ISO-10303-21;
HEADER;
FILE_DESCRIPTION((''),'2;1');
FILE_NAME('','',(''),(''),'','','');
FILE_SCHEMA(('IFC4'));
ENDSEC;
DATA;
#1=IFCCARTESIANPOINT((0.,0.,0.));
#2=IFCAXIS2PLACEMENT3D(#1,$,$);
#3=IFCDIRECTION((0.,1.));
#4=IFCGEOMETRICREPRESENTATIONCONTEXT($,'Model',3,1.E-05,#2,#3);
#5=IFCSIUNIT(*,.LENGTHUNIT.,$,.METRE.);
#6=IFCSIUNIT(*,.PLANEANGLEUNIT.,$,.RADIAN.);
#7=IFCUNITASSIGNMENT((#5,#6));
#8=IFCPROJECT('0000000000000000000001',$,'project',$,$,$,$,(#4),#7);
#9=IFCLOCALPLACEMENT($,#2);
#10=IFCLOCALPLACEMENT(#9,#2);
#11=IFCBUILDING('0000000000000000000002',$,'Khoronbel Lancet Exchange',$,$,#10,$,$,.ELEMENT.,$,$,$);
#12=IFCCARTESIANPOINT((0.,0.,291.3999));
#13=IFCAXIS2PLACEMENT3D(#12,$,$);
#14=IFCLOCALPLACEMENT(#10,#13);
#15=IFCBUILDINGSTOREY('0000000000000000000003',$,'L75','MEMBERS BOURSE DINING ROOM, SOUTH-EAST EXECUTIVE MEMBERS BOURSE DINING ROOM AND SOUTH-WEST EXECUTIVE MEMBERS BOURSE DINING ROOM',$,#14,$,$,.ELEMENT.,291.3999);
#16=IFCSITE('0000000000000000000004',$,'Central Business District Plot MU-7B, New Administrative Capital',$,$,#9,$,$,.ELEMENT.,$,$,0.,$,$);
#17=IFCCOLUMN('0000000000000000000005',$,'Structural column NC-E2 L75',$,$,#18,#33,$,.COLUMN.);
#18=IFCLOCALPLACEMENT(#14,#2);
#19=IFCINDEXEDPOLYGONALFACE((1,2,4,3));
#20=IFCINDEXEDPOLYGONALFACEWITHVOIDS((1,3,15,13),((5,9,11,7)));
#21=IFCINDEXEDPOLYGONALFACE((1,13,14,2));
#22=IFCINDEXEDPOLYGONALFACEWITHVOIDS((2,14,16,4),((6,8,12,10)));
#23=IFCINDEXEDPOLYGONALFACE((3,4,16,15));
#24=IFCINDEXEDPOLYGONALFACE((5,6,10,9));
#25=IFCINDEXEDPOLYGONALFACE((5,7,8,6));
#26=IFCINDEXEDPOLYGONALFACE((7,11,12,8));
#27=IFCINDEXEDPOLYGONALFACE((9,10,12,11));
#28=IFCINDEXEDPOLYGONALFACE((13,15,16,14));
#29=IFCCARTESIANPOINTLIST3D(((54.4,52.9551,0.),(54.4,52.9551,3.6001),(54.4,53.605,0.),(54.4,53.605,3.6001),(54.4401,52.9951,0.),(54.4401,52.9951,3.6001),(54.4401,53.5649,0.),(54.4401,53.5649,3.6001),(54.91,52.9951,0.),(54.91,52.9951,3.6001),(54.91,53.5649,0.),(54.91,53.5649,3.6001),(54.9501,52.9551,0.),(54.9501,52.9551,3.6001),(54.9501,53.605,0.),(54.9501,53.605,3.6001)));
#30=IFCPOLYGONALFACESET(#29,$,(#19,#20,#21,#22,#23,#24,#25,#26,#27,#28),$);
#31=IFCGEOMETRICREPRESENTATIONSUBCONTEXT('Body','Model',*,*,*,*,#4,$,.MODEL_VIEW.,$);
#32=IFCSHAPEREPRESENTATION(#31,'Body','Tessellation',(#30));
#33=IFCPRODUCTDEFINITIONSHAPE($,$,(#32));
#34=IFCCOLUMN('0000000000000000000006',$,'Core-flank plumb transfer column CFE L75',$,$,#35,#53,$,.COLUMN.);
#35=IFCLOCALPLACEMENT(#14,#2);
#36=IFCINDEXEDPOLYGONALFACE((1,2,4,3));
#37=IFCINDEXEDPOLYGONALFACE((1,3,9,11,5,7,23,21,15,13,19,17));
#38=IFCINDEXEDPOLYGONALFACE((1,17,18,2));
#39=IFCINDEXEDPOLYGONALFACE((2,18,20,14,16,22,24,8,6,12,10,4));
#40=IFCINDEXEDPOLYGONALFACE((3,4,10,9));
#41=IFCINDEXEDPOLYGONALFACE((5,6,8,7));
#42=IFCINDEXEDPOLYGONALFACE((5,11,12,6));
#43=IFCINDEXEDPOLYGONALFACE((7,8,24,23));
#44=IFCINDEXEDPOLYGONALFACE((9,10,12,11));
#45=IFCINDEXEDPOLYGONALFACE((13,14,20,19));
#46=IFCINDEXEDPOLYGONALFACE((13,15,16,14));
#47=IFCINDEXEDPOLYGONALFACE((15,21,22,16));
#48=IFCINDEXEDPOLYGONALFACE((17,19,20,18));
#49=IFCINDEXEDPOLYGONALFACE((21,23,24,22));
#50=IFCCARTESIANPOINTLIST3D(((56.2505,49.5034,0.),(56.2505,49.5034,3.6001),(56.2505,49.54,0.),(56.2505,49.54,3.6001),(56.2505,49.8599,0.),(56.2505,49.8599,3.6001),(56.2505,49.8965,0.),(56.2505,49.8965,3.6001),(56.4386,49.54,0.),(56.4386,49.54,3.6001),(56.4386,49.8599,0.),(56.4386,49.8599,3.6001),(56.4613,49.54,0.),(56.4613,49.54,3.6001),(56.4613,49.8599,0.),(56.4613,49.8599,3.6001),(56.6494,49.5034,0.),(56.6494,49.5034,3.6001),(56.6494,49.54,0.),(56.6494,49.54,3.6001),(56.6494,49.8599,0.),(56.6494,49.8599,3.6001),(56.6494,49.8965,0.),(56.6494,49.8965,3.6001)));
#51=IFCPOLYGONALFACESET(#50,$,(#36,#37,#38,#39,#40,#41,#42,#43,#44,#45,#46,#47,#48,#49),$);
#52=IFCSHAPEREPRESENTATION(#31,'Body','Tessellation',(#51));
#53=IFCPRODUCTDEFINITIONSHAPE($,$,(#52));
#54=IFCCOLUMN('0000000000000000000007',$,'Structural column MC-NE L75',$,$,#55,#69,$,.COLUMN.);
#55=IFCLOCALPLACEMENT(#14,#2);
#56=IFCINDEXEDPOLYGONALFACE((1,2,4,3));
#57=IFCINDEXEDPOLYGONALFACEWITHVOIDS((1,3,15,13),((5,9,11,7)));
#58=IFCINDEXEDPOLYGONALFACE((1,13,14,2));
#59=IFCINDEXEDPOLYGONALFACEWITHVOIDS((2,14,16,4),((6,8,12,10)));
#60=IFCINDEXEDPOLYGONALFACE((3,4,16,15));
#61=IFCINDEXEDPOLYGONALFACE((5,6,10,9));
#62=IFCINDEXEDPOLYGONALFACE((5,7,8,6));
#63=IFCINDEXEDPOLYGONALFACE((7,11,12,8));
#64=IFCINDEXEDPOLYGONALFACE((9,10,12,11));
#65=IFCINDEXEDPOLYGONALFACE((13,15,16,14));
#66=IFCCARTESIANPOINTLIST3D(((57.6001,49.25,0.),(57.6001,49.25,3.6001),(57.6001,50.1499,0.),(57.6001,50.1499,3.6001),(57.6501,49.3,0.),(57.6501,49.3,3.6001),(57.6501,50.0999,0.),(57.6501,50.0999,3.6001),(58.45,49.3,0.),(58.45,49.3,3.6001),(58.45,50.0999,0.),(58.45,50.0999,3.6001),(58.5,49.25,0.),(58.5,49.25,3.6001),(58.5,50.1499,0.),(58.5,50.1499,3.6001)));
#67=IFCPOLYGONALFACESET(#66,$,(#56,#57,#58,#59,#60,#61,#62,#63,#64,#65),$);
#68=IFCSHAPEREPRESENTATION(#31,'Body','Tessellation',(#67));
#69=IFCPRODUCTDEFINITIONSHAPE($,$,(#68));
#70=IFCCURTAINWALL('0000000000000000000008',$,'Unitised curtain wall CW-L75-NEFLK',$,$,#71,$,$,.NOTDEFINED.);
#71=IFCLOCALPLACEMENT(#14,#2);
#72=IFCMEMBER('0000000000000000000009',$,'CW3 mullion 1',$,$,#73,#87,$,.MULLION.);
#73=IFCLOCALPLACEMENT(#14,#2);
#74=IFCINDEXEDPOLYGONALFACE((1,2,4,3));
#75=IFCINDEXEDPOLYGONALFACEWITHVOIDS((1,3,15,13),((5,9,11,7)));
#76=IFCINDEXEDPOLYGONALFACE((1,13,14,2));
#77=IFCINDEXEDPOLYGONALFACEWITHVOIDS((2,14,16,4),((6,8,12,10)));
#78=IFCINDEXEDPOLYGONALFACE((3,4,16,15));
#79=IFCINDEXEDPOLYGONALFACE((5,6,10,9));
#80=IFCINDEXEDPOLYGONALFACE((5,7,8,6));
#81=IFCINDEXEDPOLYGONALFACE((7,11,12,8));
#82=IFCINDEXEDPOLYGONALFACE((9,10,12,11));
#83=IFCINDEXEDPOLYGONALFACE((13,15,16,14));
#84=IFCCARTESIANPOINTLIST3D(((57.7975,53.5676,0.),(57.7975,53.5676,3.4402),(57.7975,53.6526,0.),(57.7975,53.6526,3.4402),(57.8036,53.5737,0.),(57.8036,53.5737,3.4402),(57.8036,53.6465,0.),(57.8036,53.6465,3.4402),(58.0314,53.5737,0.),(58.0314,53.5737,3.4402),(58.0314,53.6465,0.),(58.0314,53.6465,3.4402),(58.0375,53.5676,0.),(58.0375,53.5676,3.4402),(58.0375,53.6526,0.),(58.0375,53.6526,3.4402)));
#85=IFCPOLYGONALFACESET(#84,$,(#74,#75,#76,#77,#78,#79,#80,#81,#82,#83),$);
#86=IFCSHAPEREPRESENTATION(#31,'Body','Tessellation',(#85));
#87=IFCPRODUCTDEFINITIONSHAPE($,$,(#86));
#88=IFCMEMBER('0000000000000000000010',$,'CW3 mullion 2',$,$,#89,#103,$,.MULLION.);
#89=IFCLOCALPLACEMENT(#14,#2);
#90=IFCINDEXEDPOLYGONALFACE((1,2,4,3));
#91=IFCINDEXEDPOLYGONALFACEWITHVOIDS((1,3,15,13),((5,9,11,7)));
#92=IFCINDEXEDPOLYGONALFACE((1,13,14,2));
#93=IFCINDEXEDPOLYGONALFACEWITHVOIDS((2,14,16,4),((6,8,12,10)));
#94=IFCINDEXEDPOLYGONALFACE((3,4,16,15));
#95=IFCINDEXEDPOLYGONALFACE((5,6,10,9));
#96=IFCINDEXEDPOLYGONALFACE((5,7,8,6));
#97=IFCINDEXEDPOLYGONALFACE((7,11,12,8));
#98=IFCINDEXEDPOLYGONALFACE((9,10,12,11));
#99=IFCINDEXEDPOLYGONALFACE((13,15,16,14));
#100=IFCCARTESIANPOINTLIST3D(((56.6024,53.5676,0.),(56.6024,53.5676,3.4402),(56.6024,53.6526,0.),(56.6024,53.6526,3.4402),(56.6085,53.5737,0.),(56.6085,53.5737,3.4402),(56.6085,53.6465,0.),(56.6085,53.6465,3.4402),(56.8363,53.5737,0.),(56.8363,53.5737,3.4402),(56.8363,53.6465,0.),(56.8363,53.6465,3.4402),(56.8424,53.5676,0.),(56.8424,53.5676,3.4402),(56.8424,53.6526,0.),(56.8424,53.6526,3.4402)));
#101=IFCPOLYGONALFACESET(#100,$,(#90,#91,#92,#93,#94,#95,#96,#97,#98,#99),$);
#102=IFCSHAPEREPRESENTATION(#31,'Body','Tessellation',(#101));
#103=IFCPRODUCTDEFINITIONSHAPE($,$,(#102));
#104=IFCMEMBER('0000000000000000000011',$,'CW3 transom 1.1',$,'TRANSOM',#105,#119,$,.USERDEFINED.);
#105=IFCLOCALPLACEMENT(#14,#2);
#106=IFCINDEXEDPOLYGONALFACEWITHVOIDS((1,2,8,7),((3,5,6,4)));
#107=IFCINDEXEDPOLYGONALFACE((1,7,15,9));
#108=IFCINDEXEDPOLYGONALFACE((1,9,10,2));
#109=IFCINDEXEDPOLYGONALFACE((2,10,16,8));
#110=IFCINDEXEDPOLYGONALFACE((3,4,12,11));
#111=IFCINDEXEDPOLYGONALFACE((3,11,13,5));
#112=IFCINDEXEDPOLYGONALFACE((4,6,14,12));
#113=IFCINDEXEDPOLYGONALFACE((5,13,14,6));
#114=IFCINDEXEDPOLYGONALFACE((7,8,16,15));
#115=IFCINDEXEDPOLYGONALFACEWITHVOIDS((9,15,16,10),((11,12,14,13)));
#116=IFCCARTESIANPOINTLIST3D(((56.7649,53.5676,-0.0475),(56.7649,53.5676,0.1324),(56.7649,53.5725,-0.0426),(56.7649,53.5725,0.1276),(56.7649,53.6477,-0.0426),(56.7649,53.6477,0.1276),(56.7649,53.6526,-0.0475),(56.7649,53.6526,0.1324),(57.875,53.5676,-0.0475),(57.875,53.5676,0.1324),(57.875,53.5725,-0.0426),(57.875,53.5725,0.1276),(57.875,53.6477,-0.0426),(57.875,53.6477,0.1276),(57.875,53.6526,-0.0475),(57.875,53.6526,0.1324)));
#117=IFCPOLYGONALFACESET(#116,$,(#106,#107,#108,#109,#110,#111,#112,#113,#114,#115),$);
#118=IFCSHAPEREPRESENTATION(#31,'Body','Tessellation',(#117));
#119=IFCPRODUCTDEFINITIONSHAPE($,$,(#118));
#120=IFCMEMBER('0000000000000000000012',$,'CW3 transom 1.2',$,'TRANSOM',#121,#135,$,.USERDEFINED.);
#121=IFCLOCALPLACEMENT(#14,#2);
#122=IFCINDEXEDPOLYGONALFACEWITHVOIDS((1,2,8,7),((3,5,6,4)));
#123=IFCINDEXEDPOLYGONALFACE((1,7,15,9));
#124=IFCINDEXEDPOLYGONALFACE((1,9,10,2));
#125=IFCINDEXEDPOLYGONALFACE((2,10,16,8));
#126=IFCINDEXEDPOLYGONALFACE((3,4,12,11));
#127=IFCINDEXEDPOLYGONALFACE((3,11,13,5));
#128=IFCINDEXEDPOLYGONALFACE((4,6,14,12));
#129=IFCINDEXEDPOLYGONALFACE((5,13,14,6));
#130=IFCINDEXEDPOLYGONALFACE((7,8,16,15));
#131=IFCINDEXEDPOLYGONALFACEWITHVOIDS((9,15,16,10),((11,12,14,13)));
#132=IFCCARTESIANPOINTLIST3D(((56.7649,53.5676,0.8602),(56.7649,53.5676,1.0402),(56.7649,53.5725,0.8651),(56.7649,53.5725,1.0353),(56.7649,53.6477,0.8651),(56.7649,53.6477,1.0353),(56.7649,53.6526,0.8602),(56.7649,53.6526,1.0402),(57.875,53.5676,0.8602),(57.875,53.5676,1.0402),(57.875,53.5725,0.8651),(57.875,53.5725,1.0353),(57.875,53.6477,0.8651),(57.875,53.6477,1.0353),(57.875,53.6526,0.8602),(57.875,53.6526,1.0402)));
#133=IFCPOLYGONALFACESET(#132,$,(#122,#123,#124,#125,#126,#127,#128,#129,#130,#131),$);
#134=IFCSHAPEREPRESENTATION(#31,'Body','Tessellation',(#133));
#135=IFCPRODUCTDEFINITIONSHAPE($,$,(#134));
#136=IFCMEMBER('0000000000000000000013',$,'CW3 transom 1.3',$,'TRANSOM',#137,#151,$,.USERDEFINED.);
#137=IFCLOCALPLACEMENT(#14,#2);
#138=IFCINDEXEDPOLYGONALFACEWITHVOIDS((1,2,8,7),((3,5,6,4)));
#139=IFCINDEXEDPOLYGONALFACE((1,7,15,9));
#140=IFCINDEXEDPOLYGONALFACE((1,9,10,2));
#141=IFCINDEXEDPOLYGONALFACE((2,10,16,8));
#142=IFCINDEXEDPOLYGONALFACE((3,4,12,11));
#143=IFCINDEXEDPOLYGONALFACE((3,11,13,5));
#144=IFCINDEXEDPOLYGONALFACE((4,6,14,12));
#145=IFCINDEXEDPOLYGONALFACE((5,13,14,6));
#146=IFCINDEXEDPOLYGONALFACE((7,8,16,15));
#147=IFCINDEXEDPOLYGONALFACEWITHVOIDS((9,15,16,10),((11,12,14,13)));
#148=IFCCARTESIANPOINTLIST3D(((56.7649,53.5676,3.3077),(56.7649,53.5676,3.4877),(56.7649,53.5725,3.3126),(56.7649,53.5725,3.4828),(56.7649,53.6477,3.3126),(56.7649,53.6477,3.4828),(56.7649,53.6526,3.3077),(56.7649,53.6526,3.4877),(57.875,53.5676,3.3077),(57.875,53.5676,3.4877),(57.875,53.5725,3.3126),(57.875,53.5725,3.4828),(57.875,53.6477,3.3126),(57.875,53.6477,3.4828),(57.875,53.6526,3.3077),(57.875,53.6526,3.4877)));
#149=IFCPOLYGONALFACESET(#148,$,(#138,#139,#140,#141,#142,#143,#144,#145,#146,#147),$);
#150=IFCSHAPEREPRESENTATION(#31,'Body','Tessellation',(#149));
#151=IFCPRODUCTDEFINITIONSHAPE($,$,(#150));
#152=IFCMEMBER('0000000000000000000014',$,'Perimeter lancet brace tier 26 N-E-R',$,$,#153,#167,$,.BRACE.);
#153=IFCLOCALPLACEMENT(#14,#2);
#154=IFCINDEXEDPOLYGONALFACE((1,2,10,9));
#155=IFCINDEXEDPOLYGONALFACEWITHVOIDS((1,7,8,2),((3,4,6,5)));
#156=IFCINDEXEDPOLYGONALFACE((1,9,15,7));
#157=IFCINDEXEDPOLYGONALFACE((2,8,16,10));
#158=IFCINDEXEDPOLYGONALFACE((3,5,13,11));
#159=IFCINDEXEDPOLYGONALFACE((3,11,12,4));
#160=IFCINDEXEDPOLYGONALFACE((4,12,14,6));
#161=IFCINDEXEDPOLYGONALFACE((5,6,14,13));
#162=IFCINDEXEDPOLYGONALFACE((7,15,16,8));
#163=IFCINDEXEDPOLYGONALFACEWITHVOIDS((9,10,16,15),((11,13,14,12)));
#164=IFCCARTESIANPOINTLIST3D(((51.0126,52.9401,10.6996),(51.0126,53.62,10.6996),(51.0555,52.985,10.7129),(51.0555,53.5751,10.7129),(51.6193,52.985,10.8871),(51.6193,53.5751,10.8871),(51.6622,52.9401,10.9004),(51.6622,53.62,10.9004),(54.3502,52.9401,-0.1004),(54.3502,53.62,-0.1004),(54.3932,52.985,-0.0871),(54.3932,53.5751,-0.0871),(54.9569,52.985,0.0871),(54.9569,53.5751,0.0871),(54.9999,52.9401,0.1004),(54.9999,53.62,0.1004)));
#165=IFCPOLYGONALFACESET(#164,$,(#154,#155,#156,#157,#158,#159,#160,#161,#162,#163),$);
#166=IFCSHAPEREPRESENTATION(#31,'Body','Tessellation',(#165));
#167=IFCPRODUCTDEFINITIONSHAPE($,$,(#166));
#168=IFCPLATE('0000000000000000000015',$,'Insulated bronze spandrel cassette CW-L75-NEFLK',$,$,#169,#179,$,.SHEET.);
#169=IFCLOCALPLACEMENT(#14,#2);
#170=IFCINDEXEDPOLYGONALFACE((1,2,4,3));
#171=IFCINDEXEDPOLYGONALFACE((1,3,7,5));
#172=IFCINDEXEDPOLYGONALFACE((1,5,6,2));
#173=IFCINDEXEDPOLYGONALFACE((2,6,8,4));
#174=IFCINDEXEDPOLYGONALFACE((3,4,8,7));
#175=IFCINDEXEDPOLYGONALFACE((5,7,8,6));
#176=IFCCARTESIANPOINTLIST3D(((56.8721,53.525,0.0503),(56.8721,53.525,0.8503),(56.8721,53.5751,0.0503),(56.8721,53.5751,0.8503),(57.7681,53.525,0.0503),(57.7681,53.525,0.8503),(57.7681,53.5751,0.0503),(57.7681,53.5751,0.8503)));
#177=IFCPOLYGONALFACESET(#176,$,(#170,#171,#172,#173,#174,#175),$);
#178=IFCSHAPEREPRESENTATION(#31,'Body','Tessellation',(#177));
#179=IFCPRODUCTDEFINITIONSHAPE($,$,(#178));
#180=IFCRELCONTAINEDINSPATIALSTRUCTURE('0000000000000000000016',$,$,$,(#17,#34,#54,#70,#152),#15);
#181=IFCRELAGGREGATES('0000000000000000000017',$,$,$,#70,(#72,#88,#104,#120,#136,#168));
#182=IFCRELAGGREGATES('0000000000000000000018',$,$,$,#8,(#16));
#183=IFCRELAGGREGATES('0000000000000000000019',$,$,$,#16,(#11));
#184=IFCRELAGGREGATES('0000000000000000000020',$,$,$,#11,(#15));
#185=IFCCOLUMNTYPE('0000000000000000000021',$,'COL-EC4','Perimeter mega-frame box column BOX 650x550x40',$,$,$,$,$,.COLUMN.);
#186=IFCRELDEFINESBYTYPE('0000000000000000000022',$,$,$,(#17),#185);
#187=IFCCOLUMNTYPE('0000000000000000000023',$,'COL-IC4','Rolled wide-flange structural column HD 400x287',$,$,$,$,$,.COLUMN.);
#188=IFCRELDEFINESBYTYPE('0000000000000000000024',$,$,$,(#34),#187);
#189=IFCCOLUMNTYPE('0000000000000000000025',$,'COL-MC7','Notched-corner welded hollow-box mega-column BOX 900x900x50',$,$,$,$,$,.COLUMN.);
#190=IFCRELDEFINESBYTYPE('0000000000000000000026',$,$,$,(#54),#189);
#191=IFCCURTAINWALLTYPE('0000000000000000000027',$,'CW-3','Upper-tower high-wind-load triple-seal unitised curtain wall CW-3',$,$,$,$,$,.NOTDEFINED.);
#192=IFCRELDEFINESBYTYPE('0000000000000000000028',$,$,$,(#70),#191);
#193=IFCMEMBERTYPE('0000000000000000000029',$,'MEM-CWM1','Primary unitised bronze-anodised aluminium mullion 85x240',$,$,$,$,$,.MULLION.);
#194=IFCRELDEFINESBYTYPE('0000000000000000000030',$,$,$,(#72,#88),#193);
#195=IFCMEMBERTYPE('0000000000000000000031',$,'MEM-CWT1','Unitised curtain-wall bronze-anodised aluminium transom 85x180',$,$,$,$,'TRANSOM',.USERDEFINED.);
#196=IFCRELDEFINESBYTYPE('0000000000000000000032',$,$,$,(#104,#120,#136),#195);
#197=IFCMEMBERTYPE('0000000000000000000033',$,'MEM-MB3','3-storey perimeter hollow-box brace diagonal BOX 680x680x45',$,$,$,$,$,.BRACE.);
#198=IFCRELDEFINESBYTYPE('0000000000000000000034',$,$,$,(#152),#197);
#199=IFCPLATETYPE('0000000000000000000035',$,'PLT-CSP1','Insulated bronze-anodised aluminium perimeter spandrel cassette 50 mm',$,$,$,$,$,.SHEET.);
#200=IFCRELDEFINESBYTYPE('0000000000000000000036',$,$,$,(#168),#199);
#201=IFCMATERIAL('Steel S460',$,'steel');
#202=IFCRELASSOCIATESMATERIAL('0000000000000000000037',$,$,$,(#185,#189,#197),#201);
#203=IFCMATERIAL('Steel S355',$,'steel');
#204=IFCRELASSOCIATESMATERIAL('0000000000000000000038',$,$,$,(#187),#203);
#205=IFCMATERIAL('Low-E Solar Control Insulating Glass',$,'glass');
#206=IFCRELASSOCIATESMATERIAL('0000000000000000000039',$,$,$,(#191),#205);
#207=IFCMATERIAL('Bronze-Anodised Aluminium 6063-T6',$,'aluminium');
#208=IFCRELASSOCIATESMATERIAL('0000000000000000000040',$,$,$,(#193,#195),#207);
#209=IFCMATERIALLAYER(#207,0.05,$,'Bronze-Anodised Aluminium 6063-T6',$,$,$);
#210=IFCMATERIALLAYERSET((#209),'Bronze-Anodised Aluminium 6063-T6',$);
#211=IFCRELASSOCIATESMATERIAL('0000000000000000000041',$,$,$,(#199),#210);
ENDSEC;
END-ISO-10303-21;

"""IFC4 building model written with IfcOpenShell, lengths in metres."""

from ifc_helpers import new_model, si_unit, direction, frame, origin, origin_2d, place, context, subcontext, project, spatial, rectangle, hollow_rectangle, i_section, extrude, material, layer, layer_set, material_profile, profile_set, type_object, element, aggregate, save


model = new_model("IFC4")

# Units and contexts
model_context = context("Model", 3, precision=1e-05, world=origin(), true_north=direction((0.0, 1.0)))
body_context = subcontext(model_context, "Body", "Model", "MODEL_VIEW")
ifc_project = project(units=[si_unit("LENGTHUNIT", "METRE"), si_unit("PLANEANGLEUNIT", "RADIAN")], contexts=[model_context])

# Site, building, storey
site_placement = place(None, origin())
site = spatial("IfcSite", under=ifc_project, at=site_placement, Name="Central Business District Plot MU-7B, New Administrative Capital", CompositionType="ELEMENT", RefElevation=0.0)
building_placement = place(site_placement, origin())
building = spatial("IfcBuilding", under=site, at=building_placement, Name="Khoronbel Lancet Exchange", CompositionType="ELEMENT")
storey_placement = place(building_placement, frame((0.0, 0.0, 291.3999)))
storey = spatial("IfcBuildingStorey", under=building, at=storey_placement, Name="L75", Description="MEMBERS BOURSE DINING ROOM, SOUTH-EAST EXECUTIVE MEMBERS BOURSE DINING ROOM AND SOUTH-WEST EXECUTIVE MEMBERS BOURSE DINING ROOM", CompositionType="ELEMENT", Elevation=291.3999)

# Columns
ifc_material_1 = material(Name="Steel S460", Category="steel")
ifc_material_profile_1 = material_profile(ifc_material_1, hollow_rectangle(XDim=0.55, YDim=0.6499, WallThickness=0.04, at=origin_2d()), Name="BOX 650x550x40")
ifc_profile_set_1 = profile_set([ifc_material_profile_1], Name="Steel S460")
column_type_1 = type_object("IfcColumnType", Name="COL-EC4", Description="Perimeter mega-frame box column BOX 650x550x40", PredefinedType="COLUMN", material=ifc_profile_set_1)
column_1_placement = place(storey_placement, frame((54.675, 53.28, 0.0), z_axis=(0.0, 0.0, 1.0), x_axis=(1.0, 0.0, 0.0)))
element("IfcColumn", 1, at=column_1_placement, inside=storey, type_object=column_type_1, Name="Structural column NC-E2 L75", PredefinedType="COLUMN", context=body_context, shape_type="SweptSolid", body=[
    extrude(hollow_rectangle(XDim=0.55, YDim=0.6499, WallThickness=0.04, at=origin_2d()), origin(), (0.0, 0.0, 1.0), 3.6001),
])
ifc_material_2 = material(Name="Steel S355", Category="steel")
ifc_material_profile_2 = material_profile(ifc_material_2, i_section(OverallWidth=0.3989, OverallDepth=0.3931, WebThickness=0.0227, FlangeThickness=0.0366, at=origin_2d()), Name="HD 400x287")
ifc_profile_set_2 = profile_set([ifc_material_profile_2], Name="Steel S355")
column_type_2 = type_object("IfcColumnType", Name="COL-IC4", Description="Rolled wide-flange structural column HD 400x287", PredefinedType="COLUMN", material=ifc_profile_set_2)
column_2_placement = place(storey_placement, frame((56.45, 49.7, 0.0), z_axis=(0.0, 0.0, 1.0), x_axis=(1.0, 0.0, 0.0)))
element("IfcColumn", 2, at=column_2_placement, inside=storey, type_object=column_type_2, Name="Core-flank plumb transfer column CFE L75", PredefinedType="COLUMN", context=body_context, shape_type="SweptSolid", body=[
    extrude(i_section(OverallWidth=0.3989, OverallDepth=0.3931, WebThickness=0.0227, FlangeThickness=0.0366, at=origin_2d()), origin(), (0.0, 0.0, 1.0), 3.6001),
])
ifc_material_profile_3 = material_profile(ifc_material_1, hollow_rectangle(XDim=0.8999, YDim=0.8999, WallThickness=0.05, at=origin_2d()), Name="BOX 900x900x50")
ifc_profile_set_3 = profile_set([ifc_material_profile_3], Name="Steel S460")
column_type_3 = type_object("IfcColumnType", Name="COL-MC7", Description="Notched-corner welded hollow-box mega-column BOX 900x900x50", PredefinedType="COLUMN", material=ifc_profile_set_3)
column_3_placement = place(storey_placement, frame((58.05, 49.7, 0.0), z_axis=(0.0, 0.0, 1.0), x_axis=(1.0, 0.0, 0.0)))
element("IfcColumn", 3, at=column_3_placement, inside=storey, type_object=column_type_3, Name="Structural column MC-NE L75", PredefinedType="COLUMN", context=body_context, shape_type="SweptSolid", body=[
    extrude(hollow_rectangle(XDim=0.8999, YDim=0.8999, WallThickness=0.05, at=origin_2d()), origin(), (0.0, 0.0, 1.0), 3.6001),
])

# Curtain wall, members
ifc_material_3 = material(Name="Low-E Solar Control Insulating Glass", Category="glass")
curtain_wall_type = type_object("IfcCurtainWallType", Name="CW-3", Description="Upper-tower high-wind-load triple-seal unitised curtain wall CW-3", PredefinedType="NOTDEFINED", material=ifc_material_3)
curtain_wall_placement = place(storey_placement, origin())
curtain_wall = element("IfcCurtainWall", 4, at=curtain_wall_placement, inside=storey, type_object=curtain_wall_type, Name="Unitised curtain wall CW-L75-NEFLK", PredefinedType="NOTDEFINED")
ifc_material_4 = material(Name="Bronze-Anodised Aluminium 6063-T6", Category="aluminium")
ifc_material_profile_4 = material_profile(ifc_material_4, hollow_rectangle(XDim=0.085, YDim=0.24, WallThickness=0.0061, at=origin_2d()), Name="ALU MULLION 85x240")
ifc_profile_set_4 = profile_set([ifc_material_profile_4], Name="Bronze-Anodised Aluminium 6063-T6")
member_type_1 = type_object("IfcMemberType", Name="MEM-CWM1", Description="Primary unitised bronze-anodised aluminium mullion 85x240", PredefinedType="MULLION", material=ifc_profile_set_4)
member_1_placement = place(storey_placement, frame((57.9175, 53.6101, 0.0), z_axis=(0.0, 0.0, 1.0), x_axis=(0.0, -1.0, 0.0)))
member_1 = element("IfcMember", 5, at=member_1_placement, type_object=member_type_1, Name="CW3 mullion 1", PredefinedType="MULLION", context=body_context, shape_type="SweptSolid", body=[
    extrude(hollow_rectangle(XDim=0.085, YDim=0.24, WallThickness=0.0061, at=origin_2d()), origin(), (0.0, 0.0, 1.0), 3.4402),
])
member_2_placement = place(storey_placement, frame((56.7224, 53.6101, 0.0), z_axis=(0.0, 0.0, 1.0), x_axis=(0.0, -1.0, 0.0)))
member_2 = element("IfcMember", 6, at=member_2_placement, type_object=member_type_1, Name="CW3 mullion 2", PredefinedType="MULLION", context=body_context, shape_type="SweptSolid", body=[
    extrude(hollow_rectangle(XDim=0.085, YDim=0.24, WallThickness=0.0061, at=origin_2d()), origin(), (0.0, 0.0, 1.0), 3.4402),
])
ifc_material_profile_5 = material_profile(ifc_material_4, hollow_rectangle(XDim=0.085, YDim=0.1799, WallThickness=0.0049, at=origin_2d()), Name="ALU TRANSOM 85x180")
ifc_profile_set_5 = profile_set([ifc_material_profile_5], Name="Bronze-Anodised Aluminium 6063-T6")
member_type_2 = type_object("IfcMemberType", Name="MEM-CWT1", Description="Unitised curtain-wall bronze-anodised aluminium transom 85x180", ElementType="TRANSOM", PredefinedType="USERDEFINED", material=ifc_profile_set_5)
member_3_placement = place(storey_placement, frame((57.875, 53.6101, 0.0425), z_axis=(-1.0, 0.0, 0.0), x_axis=(0.0, -1.0, 0.0)))
member_3 = element("IfcMember", 7, at=member_3_placement, type_object=member_type_2, Name="CW3 transom 1.1", ObjectType="TRANSOM", PredefinedType="USERDEFINED", context=body_context, shape_type="SweptSolid", body=[
    extrude(hollow_rectangle(XDim=0.085, YDim=0.1799, WallThickness=0.0049, at=origin_2d()), origin(), (0.0, 0.0, 1.0), 1.1101),
])
member_4_placement = place(storey_placement, frame((57.875, 53.6101, 0.9502), z_axis=(-1.0, 0.0, 0.0), x_axis=(0.0, -1.0, 0.0)))
member_4 = element("IfcMember", 8, at=member_4_placement, type_object=member_type_2, Name="CW3 transom 1.2", ObjectType="TRANSOM", PredefinedType="USERDEFINED", context=body_context, shape_type="SweptSolid", body=[
    extrude(hollow_rectangle(XDim=0.085, YDim=0.1799, WallThickness=0.0049, at=origin_2d()), origin(), (0.0, 0.0, 1.0), 1.1101),
])
member_5_placement = place(storey_placement, frame((57.875, 53.6101, 3.3977), z_axis=(-1.0, 0.0, 0.0), x_axis=(0.0, -1.0, 0.0)))
member_5 = element("IfcMember", 9, at=member_5_placement, type_object=member_type_2, Name="CW3 transom 1.3", ObjectType="TRANSOM", PredefinedType="USERDEFINED", context=body_context, shape_type="SweptSolid", body=[
    extrude(hollow_rectangle(XDim=0.085, YDim=0.1799, WallThickness=0.0049, at=origin_2d()), origin(), (0.0, 0.0, 1.0), 1.1101),
])

# Member
ifc_material_profile_6 = material_profile(ifc_material_1, hollow_rectangle(XDim=0.6799, YDim=0.6799, WallThickness=0.0449, at=origin_2d()), Name="BOX 680x680x45")
ifc_profile_set_6 = profile_set([ifc_material_profile_6], Name="Steel S460")
member_type_3 = type_object("IfcMemberType", Name="MEM-MB3", Description="3-storey perimeter hollow-box brace diagonal BOX 680x680x45", PredefinedType="BRACE", material=ifc_profile_set_6)
member_6_placement = place(storey_placement, frame((54.675, 53.28, 0.0), z_axis=(-0.295262, 0.0, 0.955416), x_axis=(0.0, -1.0, 0.0)))
element("IfcMember", 10, at=member_6_placement, inside=storey, type_object=member_type_3, Name="Perimeter lancet brace tier 26 N-E-R", PredefinedType="BRACE", context=body_context, shape_type="SweptSolid", body=[
    extrude(hollow_rectangle(XDim=0.6799, YDim=0.6799, WallThickness=0.0449, at=origin_2d()), origin(), (0.0, 0.0, 1.0), 11.304),
])

# Plate
ifc_layer_1 = layer(ifc_material_4, 0.05, Name="Bronze-Anodised Aluminium 6063-T6")
ifc_layer_set_1 = layer_set([ifc_layer_1], Name="Bronze-Anodised Aluminium 6063-T6")
plate_type_1 = type_object("IfcPlateType", Name="PLT-CSP1", Description="Insulated bronze-anodised aluminium perimeter spandrel cassette 50 mm", PredefinedType="SHEET", material=ifc_layer_set_1)
plate_1_placement = place(storey_placement, frame((57.3201, 53.55, 0.0503), z_axis=(0.0, 0.0, 1.0), x_axis=(-1.0, 0.0, 0.0)))
plate_1 = element("IfcPlate", 11, at=plate_1_placement, type_object=plate_type_1, Name="Insulated bronze spandrel cassette CW-L75-NEFLK", PredefinedType="SHEET", context=body_context, shape_type="SweptSolid", body=[
    extrude(rectangle(XDim=0.896, YDim=0.05, at=origin_2d()), origin(), (0.0, 0.0, 1.0), 0.8),
])
aggregate(curtain_wall, [member_1, member_2, member_3, member_4, member_5, plate_1])

save(model, "model.ifc")
